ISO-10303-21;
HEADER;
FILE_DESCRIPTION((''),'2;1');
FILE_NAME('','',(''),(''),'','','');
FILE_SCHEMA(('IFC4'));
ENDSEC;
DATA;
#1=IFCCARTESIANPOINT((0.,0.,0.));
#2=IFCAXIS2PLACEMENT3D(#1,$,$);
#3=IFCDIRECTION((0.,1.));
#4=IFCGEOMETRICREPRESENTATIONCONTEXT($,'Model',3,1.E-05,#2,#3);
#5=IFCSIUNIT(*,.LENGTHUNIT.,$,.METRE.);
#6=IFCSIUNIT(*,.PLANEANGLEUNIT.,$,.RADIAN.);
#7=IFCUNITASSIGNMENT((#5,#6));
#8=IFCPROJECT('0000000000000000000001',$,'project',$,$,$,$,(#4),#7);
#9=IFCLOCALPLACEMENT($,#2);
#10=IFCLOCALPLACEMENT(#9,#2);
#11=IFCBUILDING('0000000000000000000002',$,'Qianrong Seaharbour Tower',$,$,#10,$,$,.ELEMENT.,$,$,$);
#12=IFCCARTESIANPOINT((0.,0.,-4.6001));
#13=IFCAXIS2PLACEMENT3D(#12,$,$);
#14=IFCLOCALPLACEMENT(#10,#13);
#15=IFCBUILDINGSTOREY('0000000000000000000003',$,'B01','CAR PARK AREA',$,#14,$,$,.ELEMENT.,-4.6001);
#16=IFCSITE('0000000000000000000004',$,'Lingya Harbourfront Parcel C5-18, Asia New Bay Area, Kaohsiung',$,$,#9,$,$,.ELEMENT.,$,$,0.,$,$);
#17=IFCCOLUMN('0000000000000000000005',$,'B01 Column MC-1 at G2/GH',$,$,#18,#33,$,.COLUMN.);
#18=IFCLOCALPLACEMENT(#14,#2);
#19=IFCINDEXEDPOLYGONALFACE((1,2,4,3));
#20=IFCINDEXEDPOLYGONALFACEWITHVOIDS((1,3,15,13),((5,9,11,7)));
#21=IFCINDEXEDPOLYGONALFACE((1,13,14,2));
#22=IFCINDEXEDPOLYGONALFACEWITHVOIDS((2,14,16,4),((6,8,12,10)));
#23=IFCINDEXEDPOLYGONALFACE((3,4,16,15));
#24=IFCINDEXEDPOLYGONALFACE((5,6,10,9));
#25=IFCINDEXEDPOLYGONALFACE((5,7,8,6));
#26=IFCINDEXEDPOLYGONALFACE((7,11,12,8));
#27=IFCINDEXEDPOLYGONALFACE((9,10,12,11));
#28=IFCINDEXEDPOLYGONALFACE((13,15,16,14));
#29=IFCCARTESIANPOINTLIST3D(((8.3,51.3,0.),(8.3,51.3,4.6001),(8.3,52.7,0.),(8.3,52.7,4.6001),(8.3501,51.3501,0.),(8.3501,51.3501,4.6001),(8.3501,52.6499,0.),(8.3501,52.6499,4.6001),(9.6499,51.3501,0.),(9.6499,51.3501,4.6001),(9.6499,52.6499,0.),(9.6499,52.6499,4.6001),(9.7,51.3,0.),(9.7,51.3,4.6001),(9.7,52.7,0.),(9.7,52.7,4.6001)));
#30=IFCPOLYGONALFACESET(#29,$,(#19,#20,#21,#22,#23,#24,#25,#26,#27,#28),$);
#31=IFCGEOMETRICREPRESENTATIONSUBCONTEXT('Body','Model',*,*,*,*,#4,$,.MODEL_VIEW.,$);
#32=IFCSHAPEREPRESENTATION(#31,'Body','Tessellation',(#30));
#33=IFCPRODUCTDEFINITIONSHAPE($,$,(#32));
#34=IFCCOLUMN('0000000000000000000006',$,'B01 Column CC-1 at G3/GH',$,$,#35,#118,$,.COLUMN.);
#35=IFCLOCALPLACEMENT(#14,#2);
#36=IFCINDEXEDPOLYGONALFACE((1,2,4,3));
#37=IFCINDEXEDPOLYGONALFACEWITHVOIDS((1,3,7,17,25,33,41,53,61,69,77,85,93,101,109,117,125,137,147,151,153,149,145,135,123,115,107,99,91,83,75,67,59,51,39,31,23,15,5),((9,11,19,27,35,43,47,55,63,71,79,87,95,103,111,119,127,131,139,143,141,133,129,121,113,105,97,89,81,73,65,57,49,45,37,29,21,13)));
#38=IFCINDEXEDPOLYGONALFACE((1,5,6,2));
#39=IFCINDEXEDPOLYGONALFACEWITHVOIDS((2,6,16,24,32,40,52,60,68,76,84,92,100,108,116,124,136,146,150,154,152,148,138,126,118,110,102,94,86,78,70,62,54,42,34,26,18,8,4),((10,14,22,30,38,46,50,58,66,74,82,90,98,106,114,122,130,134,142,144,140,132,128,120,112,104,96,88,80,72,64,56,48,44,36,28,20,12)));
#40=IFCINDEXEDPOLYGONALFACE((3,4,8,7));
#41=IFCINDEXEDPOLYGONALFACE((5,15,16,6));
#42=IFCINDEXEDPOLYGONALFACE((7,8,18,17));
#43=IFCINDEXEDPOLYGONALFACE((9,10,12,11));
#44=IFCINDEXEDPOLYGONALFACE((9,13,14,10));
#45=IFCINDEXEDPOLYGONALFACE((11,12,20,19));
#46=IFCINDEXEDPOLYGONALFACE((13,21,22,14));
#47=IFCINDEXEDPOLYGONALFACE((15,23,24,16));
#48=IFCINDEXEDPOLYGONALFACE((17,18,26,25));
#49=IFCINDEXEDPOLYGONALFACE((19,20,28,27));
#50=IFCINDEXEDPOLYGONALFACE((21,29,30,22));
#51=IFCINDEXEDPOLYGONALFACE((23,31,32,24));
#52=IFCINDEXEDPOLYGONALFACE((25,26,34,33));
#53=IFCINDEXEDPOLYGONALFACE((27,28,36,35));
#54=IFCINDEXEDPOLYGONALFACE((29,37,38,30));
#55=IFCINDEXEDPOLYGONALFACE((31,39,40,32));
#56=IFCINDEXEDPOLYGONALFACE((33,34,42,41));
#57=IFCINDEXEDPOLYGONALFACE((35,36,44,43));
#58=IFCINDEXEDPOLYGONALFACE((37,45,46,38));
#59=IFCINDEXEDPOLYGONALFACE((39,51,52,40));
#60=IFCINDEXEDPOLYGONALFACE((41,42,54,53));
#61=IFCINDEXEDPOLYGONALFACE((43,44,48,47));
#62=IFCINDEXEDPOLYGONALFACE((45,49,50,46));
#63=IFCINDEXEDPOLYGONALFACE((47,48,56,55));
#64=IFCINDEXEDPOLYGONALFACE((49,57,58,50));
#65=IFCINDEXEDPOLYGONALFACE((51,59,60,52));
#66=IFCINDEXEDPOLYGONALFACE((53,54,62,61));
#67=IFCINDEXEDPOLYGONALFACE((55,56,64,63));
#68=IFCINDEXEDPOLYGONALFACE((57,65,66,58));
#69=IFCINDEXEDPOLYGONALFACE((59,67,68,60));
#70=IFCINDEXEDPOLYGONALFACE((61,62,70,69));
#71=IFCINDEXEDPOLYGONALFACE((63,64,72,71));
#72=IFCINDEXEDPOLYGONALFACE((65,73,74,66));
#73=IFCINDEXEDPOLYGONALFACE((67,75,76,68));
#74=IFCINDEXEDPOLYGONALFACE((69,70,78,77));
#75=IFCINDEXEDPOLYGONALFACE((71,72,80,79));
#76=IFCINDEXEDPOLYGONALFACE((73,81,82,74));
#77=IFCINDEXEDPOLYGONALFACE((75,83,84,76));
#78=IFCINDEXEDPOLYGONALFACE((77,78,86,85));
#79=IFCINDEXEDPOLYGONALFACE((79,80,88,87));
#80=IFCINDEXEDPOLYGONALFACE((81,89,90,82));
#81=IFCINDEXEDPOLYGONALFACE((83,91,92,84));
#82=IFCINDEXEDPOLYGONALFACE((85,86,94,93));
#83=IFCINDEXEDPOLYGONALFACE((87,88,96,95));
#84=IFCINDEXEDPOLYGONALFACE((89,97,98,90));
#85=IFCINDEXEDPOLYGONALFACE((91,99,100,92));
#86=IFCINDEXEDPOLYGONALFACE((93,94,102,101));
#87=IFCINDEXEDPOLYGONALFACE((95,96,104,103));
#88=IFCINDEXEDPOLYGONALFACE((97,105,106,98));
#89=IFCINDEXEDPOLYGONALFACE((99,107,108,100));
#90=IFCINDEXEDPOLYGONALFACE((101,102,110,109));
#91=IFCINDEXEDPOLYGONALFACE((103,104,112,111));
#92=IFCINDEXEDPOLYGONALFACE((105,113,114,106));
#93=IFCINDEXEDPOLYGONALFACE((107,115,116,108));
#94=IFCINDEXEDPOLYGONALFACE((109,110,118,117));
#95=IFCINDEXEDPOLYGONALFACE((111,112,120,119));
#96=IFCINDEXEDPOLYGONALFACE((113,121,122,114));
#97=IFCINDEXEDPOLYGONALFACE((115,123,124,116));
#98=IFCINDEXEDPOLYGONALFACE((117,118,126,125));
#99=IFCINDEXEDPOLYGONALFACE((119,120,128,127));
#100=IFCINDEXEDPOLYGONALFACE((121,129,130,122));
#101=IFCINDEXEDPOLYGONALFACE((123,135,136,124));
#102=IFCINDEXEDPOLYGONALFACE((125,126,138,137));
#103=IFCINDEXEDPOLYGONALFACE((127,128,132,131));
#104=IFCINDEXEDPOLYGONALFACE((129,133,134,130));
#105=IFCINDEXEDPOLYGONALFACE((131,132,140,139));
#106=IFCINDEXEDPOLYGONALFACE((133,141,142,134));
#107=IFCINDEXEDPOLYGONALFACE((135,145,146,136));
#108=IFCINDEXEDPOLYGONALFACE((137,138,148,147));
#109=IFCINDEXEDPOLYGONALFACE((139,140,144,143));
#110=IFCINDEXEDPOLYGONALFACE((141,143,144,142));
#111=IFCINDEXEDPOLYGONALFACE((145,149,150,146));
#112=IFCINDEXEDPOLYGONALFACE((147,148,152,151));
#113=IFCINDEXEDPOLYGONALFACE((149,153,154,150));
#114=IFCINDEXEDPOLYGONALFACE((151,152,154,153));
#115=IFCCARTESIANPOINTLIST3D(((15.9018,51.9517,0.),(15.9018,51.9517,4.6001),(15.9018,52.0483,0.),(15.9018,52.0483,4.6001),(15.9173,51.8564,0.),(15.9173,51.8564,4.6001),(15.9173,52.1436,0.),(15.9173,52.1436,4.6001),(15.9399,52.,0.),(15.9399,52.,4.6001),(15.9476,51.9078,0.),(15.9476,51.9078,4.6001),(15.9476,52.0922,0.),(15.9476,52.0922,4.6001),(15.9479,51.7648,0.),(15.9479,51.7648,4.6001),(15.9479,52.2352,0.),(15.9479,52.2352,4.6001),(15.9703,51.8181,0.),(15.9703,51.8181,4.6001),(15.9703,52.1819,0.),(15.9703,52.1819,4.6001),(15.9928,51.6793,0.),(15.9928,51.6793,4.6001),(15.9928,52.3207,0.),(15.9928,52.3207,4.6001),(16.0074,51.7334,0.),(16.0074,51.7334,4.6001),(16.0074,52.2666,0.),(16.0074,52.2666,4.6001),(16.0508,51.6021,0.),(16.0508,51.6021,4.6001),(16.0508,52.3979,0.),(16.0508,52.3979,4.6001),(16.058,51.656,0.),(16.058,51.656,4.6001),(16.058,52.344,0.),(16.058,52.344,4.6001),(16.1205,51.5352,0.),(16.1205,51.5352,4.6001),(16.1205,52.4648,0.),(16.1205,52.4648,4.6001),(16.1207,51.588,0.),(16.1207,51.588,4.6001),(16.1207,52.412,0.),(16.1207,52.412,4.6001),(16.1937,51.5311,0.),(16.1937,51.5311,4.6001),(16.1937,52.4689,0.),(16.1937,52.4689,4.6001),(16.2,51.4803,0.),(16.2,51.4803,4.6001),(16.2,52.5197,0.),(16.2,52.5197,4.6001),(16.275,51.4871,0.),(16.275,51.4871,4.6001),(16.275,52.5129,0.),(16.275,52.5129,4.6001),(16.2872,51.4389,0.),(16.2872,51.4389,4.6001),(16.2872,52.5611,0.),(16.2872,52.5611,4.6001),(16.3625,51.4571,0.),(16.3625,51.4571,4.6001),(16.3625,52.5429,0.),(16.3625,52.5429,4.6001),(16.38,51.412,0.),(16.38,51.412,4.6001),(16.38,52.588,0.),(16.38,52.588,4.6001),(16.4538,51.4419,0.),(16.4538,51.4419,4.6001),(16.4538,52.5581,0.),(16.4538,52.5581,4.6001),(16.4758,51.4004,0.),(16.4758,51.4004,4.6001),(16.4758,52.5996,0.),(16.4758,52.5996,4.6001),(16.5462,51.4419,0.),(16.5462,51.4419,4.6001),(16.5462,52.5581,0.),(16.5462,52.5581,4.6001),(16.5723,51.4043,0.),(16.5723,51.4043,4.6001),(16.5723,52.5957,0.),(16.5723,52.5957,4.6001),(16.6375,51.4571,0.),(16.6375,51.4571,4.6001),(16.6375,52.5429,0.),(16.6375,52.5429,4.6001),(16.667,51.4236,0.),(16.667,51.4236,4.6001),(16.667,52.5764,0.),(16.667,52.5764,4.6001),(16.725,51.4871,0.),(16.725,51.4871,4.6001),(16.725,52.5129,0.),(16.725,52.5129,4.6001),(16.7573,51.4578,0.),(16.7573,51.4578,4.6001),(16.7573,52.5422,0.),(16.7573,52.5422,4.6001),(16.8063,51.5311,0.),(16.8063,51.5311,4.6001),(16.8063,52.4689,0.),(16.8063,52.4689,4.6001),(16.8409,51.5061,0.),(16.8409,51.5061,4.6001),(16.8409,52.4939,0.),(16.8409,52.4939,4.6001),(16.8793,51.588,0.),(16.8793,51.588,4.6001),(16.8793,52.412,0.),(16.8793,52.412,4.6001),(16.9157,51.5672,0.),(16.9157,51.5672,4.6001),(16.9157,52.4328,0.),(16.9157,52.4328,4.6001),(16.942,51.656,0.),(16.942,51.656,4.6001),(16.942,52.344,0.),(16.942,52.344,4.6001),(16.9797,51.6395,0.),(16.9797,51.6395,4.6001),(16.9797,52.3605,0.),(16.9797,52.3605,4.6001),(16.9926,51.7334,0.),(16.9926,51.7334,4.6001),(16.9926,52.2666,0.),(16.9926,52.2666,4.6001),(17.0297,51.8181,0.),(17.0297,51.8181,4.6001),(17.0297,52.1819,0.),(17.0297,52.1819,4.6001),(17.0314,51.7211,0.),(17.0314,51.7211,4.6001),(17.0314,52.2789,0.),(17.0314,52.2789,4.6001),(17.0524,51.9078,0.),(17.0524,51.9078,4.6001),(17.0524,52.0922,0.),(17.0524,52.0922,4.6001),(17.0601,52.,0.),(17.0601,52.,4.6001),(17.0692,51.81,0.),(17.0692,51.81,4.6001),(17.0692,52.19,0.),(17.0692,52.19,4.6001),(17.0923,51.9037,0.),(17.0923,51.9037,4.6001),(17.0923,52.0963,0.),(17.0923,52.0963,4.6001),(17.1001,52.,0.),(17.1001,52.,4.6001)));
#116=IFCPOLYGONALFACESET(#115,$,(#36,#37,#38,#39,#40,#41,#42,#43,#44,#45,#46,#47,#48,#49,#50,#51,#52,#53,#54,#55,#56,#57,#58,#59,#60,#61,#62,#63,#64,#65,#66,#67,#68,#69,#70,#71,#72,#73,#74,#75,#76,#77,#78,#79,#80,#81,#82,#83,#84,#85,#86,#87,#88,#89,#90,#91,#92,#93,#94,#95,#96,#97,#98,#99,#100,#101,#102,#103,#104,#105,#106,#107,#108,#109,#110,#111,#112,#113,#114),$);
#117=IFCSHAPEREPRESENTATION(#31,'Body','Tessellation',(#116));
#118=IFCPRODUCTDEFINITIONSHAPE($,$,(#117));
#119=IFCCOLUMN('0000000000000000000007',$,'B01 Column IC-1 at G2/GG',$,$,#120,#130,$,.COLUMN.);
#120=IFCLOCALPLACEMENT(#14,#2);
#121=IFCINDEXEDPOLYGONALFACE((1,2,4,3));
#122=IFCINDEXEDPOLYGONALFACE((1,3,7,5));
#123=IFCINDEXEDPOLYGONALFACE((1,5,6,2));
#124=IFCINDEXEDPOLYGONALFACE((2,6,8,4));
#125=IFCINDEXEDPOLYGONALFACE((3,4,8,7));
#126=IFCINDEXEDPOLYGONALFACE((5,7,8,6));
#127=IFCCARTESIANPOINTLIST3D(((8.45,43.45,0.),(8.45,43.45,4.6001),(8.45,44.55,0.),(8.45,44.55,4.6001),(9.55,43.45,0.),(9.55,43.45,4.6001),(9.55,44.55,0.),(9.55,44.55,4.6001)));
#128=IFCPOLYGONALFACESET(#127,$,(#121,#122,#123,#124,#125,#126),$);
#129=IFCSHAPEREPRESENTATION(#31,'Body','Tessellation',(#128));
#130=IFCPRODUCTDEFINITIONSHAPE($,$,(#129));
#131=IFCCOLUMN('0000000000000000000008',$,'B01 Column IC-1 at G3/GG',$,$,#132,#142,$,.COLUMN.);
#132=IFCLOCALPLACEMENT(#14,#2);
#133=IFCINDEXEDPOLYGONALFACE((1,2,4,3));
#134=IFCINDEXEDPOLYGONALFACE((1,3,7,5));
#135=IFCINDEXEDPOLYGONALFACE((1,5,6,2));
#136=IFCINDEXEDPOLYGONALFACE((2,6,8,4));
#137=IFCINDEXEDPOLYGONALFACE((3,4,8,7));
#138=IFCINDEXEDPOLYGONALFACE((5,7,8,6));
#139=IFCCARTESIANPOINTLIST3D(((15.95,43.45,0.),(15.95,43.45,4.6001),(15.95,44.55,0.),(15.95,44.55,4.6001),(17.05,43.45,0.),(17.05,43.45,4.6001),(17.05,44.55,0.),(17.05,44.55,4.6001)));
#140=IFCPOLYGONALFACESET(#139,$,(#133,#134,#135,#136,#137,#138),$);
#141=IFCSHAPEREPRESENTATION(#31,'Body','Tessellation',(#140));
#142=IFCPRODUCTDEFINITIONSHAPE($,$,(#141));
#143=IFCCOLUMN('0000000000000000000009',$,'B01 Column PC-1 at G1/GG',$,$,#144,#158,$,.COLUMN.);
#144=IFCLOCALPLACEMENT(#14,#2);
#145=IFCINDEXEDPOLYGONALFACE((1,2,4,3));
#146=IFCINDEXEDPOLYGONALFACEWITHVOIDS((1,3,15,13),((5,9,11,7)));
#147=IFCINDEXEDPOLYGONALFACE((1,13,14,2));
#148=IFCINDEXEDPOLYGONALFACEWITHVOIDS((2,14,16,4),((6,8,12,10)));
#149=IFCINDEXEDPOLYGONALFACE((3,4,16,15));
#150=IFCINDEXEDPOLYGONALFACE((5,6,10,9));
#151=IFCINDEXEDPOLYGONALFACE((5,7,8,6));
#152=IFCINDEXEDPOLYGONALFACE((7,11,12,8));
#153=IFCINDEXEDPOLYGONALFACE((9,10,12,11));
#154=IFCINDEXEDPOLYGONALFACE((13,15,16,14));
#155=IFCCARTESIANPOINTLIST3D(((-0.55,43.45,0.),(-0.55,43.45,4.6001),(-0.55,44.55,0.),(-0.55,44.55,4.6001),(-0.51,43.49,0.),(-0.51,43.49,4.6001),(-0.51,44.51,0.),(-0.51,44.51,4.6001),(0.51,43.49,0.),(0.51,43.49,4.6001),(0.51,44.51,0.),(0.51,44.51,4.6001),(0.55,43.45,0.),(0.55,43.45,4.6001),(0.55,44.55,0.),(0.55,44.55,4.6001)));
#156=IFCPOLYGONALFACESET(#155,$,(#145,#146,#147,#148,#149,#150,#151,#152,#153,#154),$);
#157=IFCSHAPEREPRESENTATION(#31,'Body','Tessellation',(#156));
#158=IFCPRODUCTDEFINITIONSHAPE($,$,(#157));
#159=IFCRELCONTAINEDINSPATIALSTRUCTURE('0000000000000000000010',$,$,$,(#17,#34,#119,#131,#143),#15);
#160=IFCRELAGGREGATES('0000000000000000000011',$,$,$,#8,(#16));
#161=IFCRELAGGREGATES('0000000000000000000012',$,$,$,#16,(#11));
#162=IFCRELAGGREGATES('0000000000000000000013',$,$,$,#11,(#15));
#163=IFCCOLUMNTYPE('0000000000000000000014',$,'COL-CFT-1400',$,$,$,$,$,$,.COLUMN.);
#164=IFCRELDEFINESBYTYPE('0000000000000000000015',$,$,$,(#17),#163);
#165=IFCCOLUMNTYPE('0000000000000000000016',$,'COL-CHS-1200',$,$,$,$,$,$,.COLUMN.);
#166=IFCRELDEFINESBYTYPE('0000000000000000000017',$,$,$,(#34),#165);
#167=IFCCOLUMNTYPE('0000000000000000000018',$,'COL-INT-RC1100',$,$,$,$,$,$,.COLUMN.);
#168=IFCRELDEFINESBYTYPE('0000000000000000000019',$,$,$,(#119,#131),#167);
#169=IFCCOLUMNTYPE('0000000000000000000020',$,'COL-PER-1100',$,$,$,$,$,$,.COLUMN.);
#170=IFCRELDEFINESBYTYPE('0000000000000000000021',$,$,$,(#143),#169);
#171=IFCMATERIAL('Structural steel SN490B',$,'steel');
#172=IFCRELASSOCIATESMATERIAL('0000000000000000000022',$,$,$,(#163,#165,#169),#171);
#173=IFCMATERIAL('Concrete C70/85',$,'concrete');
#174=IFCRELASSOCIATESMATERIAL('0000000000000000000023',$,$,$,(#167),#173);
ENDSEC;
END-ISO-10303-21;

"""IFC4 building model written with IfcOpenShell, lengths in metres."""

from ifc_helpers import new_model, si_unit, direction, frame, origin, origin_2d, place, context, subcontext, project, spatial, rectangle, hollow_rectangle, hollow_circle, extrude, material, material_profile, profile_set, type_object, element, save


model = new_model("IFC4")

# Units and contexts
model_context = context("Model", 3, precision=1e-05, world=origin(), true_north=direction((0.0, 1.0)))
body_context = subcontext(model_context, "Body", "Model", "MODEL_VIEW")
ifc_project = project(units=[si_unit("LENGTHUNIT", "METRE"), si_unit("PLANEANGLEUNIT", "RADIAN")], contexts=[model_context])

# Site, building, storey
site_placement = place(None, origin())
site = spatial("IfcSite", under=ifc_project, at=site_placement, Name="Lingya Harbourfront Parcel C5-18, Asia New Bay Area, Kaohsiung", CompositionType="ELEMENT", RefElevation=0.0)
building_placement = place(site_placement, origin())
building = spatial("IfcBuilding", under=site, at=building_placement, Name="Qianrong Seaharbour Tower", CompositionType="ELEMENT")
storey_placement = place(building_placement, frame((0.0, 0.0, -4.6001)))
storey = spatial("IfcBuildingStorey", under=building, at=storey_placement, Name="B01", Description="CAR PARK AREA", CompositionType="ELEMENT", Elevation=-4.6001)

# Columns
ifc_material_1 = material(Name="Structural steel SN490B", Category="steel")
ifc_material_profile_1 = material_profile(ifc_material_1, hollow_rectangle(XDim=1.3999, YDim=1.3999, WallThickness=0.05, at=origin_2d()), Name="BOX1400x1400x50")
ifc_profile_set_1 = profile_set([ifc_material_profile_1], Name="Structural steel SN490B")
column_type_1 = type_object("IfcColumnType", Name="COL-CFT-1400", PredefinedType="COLUMN", material=ifc_profile_set_1)
column_1_placement = place(storey_placement, frame((9.0, 52.0, 0.0), z_axis=(0.0, 0.0, 1.0), x_axis=(1.0, 0.0, 0.0)))
element("IfcColumn", 1, at=column_1_placement, inside=storey, type_object=column_type_1, Name="B01 Column MC-1 at G2/GH", PredefinedType="COLUMN", context=body_context, shape_type="SweptSolid", body=[
    extrude(hollow_rectangle(XDim=1.3999, YDim=1.3999, WallThickness=0.05, at=origin_2d()), origin(), (0.0, 0.0, 1.0), 4.6001),
])
ifc_material_profile_2 = material_profile(ifc_material_1, hollow_circle(Radius=0.6001, WallThickness=0.04, at=origin_2d()), Name="CHS1200x40")
ifc_profile_set_2 = profile_set([ifc_material_profile_2], Name="Structural steel SN490B")
column_type_2 = type_object("IfcColumnType", Name="COL-CHS-1200", PredefinedType="COLUMN", material=ifc_profile_set_2)
column_2_placement = place(storey_placement, frame((16.5, 52.0, 0.0), z_axis=(0.0, 0.0, 1.0), x_axis=(1.0, 0.0, 0.0)))
element("IfcColumn", 2, at=column_2_placement, inside=storey, type_object=column_type_2, Name="B01 Column CC-1 at G3/GH", PredefinedType="COLUMN", context=body_context, shape_type="SweptSolid", body=[
    extrude(hollow_circle(Radius=0.6001, WallThickness=0.04, at=origin_2d()), origin(), (0.0, 0.0, 1.0), 4.6001),
])
ifc_material_2 = material(Name="Concrete C70/85", Category="concrete")
ifc_material_profile_3 = material_profile(ifc_material_2, rectangle(XDim=1.1001, YDim=1.1001, at=origin_2d()), Name="RC1100x1100")
ifc_profile_set_3 = profile_set([ifc_material_profile_3], Name="Concrete C70/85")
column_type_3 = type_object("IfcColumnType", Name="COL-INT-RC1100", PredefinedType="COLUMN", material=ifc_profile_set_3)
for number, where, z_axis, x_axis, name in (
    (3, (9.0, 44.0, 0.0), (0.0, 0.0, 1.0), (1.0, 0.0, 0.0), "B01 Column IC-1 at G2/GG"),
    (4, (16.5, 44.0, 0.0), (0.0, 0.0, 1.0), (1.0, 0.0, 0.0), "B01 Column IC-1 at G3/GG"),
):
    element("IfcColumn", number, at=place(storey_placement, frame(where, z_axis=z_axis, x_axis=x_axis)), inside=storey, type_object=column_type_3, Name=name, PredefinedType="COLUMN", context=body_context, shape_type="SweptSolid", body=[
        extrude(rectangle(XDim=1.1001, YDim=1.1001, at=origin_2d()), origin(), (0.0, 0.0, 1.0), 4.6001),
    ])
ifc_material_profile_4 = material_profile(ifc_material_1, hollow_rectangle(XDim=1.1001, YDim=1.1001, WallThickness=0.04, at=origin_2d()), Name="BOX1100x1100x40")
ifc_profile_set_4 = profile_set([ifc_material_profile_4], Name="Structural steel SN490B")
column_type_4 = type_object("IfcColumnType", Name="COL-PER-1100", PredefinedType="COLUMN", material=ifc_profile_set_4)
column_3_placement = place(storey_placement, frame((0.0, 44.0, 0.0), z_axis=(0.0, 0.0, 1.0), x_axis=(1.0, 0.0, 0.0)))
element("IfcColumn", 5, at=column_3_placement, inside=storey, type_object=column_type_4, Name="B01 Column PC-1 at G1/GG", PredefinedType="COLUMN", context=body_context, shape_type="SweptSolid", body=[
    extrude(hollow_rectangle(XDim=1.1001, YDim=1.1001, WallThickness=0.04, at=origin_2d()), origin(), (0.0, 0.0, 1.0), 4.6001),
])

save(model, "model.ifc")
